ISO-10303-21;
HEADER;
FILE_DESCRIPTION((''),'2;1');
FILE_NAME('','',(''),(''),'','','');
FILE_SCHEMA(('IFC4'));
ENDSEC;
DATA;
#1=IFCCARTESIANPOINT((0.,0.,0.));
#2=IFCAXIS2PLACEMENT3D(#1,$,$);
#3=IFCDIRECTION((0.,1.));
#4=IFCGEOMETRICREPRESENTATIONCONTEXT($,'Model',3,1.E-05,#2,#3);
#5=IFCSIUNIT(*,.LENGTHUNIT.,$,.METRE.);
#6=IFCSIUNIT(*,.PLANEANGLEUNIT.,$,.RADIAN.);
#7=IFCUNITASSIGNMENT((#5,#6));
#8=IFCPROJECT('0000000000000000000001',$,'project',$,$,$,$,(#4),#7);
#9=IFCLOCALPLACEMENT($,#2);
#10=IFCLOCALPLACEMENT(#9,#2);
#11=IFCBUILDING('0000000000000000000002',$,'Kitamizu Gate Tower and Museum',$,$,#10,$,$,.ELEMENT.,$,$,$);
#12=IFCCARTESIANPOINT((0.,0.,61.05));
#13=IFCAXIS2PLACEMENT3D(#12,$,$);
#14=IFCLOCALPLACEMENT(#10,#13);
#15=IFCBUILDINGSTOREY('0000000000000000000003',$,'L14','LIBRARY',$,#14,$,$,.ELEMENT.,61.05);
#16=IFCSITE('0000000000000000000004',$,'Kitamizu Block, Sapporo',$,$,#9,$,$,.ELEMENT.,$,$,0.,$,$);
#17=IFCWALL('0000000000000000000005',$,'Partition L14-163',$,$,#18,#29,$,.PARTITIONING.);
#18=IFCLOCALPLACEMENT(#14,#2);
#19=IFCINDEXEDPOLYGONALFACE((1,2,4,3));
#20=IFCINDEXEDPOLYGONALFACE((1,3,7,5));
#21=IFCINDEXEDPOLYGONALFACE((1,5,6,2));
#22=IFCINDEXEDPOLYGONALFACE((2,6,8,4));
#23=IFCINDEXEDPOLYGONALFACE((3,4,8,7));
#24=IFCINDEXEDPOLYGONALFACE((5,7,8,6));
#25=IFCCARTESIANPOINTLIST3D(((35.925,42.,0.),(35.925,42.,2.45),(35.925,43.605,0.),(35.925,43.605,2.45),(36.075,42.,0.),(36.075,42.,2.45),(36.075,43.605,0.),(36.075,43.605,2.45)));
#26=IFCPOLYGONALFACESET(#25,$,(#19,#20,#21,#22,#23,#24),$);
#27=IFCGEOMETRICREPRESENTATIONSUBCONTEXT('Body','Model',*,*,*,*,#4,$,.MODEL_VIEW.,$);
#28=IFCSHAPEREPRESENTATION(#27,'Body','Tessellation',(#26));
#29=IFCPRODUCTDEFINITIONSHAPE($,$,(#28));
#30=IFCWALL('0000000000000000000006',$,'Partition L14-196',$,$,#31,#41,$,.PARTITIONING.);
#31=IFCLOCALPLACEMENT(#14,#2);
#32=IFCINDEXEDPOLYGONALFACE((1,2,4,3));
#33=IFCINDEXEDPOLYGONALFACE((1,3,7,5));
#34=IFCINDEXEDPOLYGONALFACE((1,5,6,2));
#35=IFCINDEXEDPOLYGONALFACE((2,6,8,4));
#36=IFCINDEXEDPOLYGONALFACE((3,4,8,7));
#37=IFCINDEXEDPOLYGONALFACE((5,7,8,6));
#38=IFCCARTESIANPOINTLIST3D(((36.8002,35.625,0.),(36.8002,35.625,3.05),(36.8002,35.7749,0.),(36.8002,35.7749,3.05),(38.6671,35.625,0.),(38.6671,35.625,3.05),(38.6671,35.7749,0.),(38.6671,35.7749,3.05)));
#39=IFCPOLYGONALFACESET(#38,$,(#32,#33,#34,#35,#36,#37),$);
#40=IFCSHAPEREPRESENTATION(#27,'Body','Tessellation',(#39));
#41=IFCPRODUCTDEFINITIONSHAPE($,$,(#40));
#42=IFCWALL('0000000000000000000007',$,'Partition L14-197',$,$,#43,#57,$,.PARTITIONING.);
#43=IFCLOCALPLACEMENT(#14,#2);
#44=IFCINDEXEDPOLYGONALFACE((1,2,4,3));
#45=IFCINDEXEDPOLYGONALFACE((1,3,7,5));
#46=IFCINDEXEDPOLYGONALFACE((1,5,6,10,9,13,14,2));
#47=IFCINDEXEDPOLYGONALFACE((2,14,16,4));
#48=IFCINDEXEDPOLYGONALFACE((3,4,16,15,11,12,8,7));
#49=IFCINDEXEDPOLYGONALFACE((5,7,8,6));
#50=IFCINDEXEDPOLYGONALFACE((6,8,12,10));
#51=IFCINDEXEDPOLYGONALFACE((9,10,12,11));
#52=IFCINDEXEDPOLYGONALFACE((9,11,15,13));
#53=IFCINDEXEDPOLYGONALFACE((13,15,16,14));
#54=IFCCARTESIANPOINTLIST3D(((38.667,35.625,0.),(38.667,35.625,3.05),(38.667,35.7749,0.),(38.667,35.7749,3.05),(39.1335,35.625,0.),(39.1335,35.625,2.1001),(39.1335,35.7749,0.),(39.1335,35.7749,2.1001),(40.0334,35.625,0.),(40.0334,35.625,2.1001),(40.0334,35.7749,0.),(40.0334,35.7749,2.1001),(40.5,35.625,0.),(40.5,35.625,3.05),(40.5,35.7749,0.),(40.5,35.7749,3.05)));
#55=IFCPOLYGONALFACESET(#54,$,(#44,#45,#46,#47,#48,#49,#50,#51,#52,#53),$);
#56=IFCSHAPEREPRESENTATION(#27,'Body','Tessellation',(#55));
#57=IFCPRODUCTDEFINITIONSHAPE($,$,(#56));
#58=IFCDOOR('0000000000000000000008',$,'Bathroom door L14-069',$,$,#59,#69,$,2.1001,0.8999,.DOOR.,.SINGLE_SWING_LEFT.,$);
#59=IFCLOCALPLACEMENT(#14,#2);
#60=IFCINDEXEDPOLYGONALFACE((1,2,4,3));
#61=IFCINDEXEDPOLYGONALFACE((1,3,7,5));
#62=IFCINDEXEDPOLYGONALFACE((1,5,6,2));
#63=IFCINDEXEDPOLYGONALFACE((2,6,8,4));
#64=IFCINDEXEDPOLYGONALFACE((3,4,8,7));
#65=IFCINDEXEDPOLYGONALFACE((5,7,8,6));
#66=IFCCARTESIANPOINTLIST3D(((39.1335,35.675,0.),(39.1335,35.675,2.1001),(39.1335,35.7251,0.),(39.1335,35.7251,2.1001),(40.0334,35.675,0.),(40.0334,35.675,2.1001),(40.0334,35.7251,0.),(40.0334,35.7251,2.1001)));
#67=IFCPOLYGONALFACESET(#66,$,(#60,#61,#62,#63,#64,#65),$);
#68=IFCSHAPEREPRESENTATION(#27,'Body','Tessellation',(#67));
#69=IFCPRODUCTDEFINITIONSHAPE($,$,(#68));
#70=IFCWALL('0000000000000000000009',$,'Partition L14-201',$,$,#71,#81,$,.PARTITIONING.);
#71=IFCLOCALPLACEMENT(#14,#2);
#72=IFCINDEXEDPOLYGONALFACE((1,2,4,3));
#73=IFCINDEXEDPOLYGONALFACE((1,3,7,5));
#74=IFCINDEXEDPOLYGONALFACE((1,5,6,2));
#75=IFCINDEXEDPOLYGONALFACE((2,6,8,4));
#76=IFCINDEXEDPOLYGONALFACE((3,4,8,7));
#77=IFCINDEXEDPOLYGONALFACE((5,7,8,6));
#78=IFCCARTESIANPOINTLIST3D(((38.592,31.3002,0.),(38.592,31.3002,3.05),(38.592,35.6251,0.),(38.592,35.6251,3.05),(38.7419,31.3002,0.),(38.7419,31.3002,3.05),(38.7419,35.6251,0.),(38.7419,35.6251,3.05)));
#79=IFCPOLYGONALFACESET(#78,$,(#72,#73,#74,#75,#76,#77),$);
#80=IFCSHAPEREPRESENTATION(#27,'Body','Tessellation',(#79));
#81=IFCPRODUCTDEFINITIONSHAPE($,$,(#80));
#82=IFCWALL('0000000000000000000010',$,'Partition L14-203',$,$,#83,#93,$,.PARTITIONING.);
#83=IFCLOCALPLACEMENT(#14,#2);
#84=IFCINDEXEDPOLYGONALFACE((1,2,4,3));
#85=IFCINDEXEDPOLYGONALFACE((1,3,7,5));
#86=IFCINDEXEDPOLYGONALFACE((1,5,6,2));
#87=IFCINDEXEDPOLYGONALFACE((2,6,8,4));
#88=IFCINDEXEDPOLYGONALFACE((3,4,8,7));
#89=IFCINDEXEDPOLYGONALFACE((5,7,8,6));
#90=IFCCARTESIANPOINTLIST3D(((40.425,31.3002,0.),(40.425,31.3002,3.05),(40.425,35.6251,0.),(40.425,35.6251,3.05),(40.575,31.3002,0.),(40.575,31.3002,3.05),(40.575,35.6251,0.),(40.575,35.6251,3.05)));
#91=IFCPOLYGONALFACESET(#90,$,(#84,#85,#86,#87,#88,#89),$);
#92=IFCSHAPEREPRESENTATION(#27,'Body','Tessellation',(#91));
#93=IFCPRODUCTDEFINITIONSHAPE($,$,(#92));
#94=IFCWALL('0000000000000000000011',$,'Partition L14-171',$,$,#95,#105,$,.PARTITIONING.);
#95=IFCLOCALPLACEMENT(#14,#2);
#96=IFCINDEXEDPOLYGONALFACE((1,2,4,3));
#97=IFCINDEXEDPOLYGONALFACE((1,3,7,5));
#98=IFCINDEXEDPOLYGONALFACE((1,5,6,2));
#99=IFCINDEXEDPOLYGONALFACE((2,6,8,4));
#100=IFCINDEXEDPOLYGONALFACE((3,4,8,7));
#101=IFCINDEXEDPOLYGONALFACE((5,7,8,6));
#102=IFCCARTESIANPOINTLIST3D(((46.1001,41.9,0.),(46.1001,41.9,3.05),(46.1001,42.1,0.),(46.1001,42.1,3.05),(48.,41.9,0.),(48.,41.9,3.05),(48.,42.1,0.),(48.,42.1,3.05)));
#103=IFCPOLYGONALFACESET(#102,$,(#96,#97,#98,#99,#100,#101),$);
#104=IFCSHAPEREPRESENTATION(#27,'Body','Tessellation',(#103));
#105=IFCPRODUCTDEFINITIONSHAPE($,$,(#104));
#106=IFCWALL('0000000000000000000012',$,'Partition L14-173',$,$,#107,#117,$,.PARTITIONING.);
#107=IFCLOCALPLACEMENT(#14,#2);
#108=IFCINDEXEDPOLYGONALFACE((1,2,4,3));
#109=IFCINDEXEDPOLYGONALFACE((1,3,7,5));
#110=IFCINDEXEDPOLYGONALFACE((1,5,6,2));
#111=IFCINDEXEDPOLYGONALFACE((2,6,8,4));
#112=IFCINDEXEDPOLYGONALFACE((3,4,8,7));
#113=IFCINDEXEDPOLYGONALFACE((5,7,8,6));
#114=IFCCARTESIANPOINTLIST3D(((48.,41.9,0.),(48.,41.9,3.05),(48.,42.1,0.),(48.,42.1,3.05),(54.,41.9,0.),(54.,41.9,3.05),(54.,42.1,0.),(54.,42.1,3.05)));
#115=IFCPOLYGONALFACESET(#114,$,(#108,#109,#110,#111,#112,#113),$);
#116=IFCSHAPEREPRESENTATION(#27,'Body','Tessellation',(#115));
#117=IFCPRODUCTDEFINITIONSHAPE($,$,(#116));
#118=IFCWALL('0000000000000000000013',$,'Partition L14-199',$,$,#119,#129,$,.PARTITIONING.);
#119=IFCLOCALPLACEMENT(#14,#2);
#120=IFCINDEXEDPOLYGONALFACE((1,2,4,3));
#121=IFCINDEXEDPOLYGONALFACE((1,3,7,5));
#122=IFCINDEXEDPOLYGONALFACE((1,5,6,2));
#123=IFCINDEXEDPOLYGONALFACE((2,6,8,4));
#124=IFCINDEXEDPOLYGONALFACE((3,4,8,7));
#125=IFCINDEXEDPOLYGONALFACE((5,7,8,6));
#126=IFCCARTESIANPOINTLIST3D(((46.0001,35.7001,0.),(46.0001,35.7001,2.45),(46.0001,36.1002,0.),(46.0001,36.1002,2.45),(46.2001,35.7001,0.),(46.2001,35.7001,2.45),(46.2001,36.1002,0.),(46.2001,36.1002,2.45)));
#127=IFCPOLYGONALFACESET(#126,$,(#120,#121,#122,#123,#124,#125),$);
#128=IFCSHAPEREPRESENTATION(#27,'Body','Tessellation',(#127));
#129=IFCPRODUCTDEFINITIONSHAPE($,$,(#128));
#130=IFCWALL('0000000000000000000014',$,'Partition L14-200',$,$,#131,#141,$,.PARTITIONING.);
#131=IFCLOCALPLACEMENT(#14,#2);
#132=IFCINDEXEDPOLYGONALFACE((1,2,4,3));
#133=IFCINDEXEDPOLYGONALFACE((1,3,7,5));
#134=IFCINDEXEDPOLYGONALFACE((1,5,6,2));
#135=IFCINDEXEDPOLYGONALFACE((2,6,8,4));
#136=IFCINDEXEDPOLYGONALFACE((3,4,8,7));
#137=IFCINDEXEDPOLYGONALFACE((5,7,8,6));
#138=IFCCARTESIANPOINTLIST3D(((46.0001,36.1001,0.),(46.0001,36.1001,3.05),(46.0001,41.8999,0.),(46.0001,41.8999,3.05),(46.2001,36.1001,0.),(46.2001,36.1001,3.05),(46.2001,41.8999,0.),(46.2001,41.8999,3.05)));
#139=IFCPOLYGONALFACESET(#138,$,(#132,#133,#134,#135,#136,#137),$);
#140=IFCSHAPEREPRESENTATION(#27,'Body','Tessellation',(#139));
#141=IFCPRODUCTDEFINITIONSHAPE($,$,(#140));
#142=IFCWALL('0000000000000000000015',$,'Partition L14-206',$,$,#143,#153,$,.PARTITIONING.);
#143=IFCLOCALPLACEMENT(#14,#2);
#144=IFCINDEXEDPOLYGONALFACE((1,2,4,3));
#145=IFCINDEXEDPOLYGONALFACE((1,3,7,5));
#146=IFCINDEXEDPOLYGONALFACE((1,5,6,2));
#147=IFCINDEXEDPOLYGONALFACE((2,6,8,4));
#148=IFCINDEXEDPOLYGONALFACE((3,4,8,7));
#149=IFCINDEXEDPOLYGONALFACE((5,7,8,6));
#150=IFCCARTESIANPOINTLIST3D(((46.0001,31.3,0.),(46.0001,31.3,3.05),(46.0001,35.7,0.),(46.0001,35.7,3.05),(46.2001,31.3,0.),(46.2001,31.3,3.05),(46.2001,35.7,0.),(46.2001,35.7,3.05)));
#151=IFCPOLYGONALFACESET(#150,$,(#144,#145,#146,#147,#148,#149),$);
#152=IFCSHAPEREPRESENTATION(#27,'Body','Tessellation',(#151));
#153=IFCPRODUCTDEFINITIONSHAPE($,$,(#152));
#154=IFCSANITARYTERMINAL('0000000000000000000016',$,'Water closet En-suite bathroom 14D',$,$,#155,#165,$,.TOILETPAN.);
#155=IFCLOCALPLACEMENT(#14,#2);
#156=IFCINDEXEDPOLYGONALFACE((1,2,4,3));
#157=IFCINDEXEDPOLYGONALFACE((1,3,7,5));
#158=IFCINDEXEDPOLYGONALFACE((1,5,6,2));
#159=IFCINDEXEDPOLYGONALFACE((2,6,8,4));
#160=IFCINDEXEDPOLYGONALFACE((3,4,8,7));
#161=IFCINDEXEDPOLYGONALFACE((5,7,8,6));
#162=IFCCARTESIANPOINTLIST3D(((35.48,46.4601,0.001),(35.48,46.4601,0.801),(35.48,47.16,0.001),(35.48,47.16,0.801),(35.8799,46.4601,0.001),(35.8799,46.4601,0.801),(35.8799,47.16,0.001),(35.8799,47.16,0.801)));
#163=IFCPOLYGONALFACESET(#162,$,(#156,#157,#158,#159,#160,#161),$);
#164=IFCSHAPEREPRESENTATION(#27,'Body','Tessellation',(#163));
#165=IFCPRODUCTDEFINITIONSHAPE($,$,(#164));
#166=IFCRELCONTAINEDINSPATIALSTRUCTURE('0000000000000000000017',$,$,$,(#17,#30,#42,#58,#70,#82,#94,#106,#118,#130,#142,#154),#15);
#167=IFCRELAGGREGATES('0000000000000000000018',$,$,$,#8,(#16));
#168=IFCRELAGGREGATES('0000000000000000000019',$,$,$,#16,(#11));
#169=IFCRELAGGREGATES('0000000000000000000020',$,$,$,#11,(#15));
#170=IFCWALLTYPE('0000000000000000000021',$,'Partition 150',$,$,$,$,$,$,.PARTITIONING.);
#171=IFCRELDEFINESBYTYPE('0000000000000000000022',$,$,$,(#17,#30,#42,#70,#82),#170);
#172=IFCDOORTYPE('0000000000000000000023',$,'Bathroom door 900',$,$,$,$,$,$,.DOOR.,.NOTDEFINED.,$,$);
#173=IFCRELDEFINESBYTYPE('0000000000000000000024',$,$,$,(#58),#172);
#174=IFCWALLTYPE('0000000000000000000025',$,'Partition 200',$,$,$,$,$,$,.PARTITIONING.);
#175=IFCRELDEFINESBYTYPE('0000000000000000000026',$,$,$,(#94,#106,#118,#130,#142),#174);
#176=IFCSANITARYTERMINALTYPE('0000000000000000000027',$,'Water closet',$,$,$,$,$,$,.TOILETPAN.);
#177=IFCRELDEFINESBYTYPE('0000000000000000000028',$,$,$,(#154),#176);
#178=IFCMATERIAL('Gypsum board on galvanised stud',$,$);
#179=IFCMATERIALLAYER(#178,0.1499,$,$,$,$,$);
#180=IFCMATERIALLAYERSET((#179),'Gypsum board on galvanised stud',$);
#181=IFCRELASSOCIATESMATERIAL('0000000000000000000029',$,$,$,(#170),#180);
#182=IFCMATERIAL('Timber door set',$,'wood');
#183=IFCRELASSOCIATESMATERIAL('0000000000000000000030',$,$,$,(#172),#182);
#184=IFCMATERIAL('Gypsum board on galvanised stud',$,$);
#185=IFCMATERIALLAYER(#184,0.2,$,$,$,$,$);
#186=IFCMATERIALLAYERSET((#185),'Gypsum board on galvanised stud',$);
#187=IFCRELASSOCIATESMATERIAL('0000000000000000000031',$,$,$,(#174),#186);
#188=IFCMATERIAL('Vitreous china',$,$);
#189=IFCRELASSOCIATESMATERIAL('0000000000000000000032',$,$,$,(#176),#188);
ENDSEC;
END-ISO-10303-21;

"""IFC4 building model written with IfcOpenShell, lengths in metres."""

from ifc_helpers import new_model, si_unit, direction, frame, frame_2d, origin, origin_2d, place, context, subcontext, project, spatial, rectangle, extrude, material, layer, layer_set, type_object, element, fill, save


model = new_model("IFC4")

# Units and contexts
model_context = context("Model", 3, precision=1e-05, world=origin(), true_north=direction((0.0, 1.0)))
body_context = subcontext(model_context, "Body", "Model", "MODEL_VIEW")
ifc_project = project(units=[si_unit("LENGTHUNIT", "METRE"), si_unit("PLANEANGLEUNIT", "RADIAN")], contexts=[model_context])

# Site, building, storey
site_placement = place(None, origin())
site = spatial("IfcSite", under=ifc_project, at=site_placement, Name="Kitamizu Block, Sapporo", CompositionType="ELEMENT", RefElevation=0.0)
building_placement = place(site_placement, origin())
building = spatial("IfcBuilding", under=site, at=building_placement, Name="Kitamizu Gate Tower and Museum", CompositionType="ELEMENT")
storey_placement = place(building_placement, frame((0.0, 0.0, 61.05)))
storey = spatial("IfcBuildingStorey", under=building, at=storey_placement, Name="L14", Description="LIBRARY", CompositionType="ELEMENT", Elevation=61.05)

# Walls
ifc_material_1 = material(Name="Gypsum board on galvanised stud")
ifc_layer_1 = layer(ifc_material_1, 0.1499)
ifc_layer_set_1 = layer_set([ifc_layer_1], Name="Gypsum board on galvanised stud")
wall_type_1 = type_object("IfcWallType", Name="Partition 150", PredefinedType="PARTITIONING", material=ifc_layer_set_1)
wall_1_placement = place(storey_placement, frame((36.0, 42.0, 0.0), z_axis=(0.0, 0.0, 1.0), x_axis=(0.0, 1.0, 0.0)))
element("IfcWall", 1, at=wall_1_placement, inside=storey, type_object=wall_type_1, Name="Partition L14-163", PredefinedType="PARTITIONING", context=body_context, shape_type="SweptSolid", body=[
    extrude(rectangle(XDim=1.605, YDim=0.1499, at=frame_2d((0.8025, 0.0))), origin(), (0.0, 0.0, 1.0), 2.45),
])
wall_2_placement = place(storey_placement, frame((36.8, 35.7, 0.0), z_axis=(0.0, 0.0, 1.0), x_axis=(1.0, 0.0, 0.0)))
element("IfcWall", 2, at=wall_2_placement, inside=storey, type_object=wall_type_1, Name="Partition L14-196", PredefinedType="PARTITIONING", context=body_context, shape_type="SweptSolid", body=[
    extrude(rectangle(XDim=1.8669, YDim=0.1499, at=frame_2d((0.9336, 0.0))), origin(), (0.0, 0.0, 1.0), 3.05),
])

# Wall, opening, door
wall_3_placement = place(storey_placement, frame((38.667, 35.7, 0.0), z_axis=(0.0, 0.0, 1.0), x_axis=(1.0, 0.0, 0.0)))
wall_3 = element("IfcWall", 3, at=wall_3_placement, inside=storey, type_object=wall_type_1, Name="Partition L14-197", PredefinedType="PARTITIONING", context=body_context, shape_type="SweptSolid", body=[
    extrude(rectangle(XDim=1.833, YDim=0.1499, at=frame_2d((0.9165, 0.0))), origin(), (0.0, 0.0, 1.0), 3.05),
])
opening_1_placement = place(wall_3_placement, frame((0.4666, 0.0, 0.0)))
opening_1 = element("IfcOpeningElement", 4, at=opening_1_placement, cuts=wall_3, PredefinedType="OPENING", context=body_context, shape_type="SweptSolid", body=[
    extrude(rectangle(XDim=0.8999, YDim=2.1001, at=frame_2d((0.45, 1.05))), frame((0.0, 0.085, 0.0), z_axis=(0.0, -1.0, 0.0), x_axis=(1.0, 0.0, 0.0)), (0.0, 0.0, 1.0), 0.1699),
])
ifc_material_2 = material(Name="Timber door set", Category="wood")
door_type_1 = type_object("IfcDoorType", Name="Bathroom door 900", OperationType="NOTDEFINED", PredefinedType="DOOR", material=ifc_material_2)
door_1_placement = place(opening_1_placement, frame((0.8999, 0.0, 0.0), x_axis=(-1.0, 0.0, 0.0)))
door_1 = element("IfcDoor", 5, at=door_1_placement, inside=storey, type_object=door_type_1, Name="Bathroom door L14-069", OperationType="SINGLE_SWING_LEFT", OverallHeight=2.1001, OverallWidth=0.8999, PredefinedType="DOOR", context=body_context, shape_type="SweptSolid", body=[
    extrude(rectangle(XDim=0.8999, YDim=2.1001, at=frame_2d((0.45, 1.05))), frame((0.0, 0.0249, 0.0), z_axis=(0.0, -1.0, 0.0), x_axis=(1.0, 0.0, 0.0)), (0.0, 0.0, 1.0), 0.05),
])
fill(opening_1, door_1)

# Walls
for number, where, z_axis, x_axis, name in (
    (6, (38.667, 31.3, 0.0), (0.0, 0.0, 1.0), (0.0, 1.0, 0.0), "Partition L14-201"),
    (7, (40.5, 31.3, 0.0), (0.0, 0.0, 1.0), (0.0, 1.0, 0.0), "Partition L14-203"),
):
    element("IfcWall", number, at=place(storey_placement, frame(where, z_axis=z_axis, x_axis=x_axis)), inside=storey, type_object=wall_type_1, Name=name, PredefinedType="PARTITIONING", context=body_context, shape_type="SweptSolid", body=[
        extrude(rectangle(XDim=4.325, YDim=0.1499, at=frame_2d((2.1626, 0.0))), origin(), (0.0, 0.0, 1.0), 3.05),
    ])
ifc_material_3 = material(Name="Gypsum board on galvanised stud")
ifc_layer_2 = layer(ifc_material_3, 0.2)
ifc_layer_set_2 = layer_set([ifc_layer_2], Name="Gypsum board on galvanised stud")
wall_type_2 = type_object("IfcWallType", Name="Partition 200", PredefinedType="PARTITIONING", material=ifc_layer_set_2)
wall_4_placement = place(storey_placement, frame((46.1001, 42.0, 0.0), z_axis=(0.0, 0.0, 1.0), x_axis=(1.0, 0.0, 0.0)))
element("IfcWall", 8, at=wall_4_placement, inside=storey, type_object=wall_type_2, Name="Partition L14-171", PredefinedType="PARTITIONING", context=body_context, shape_type="SweptSolid", body=[
    extrude(rectangle(XDim=1.8999, YDim=0.2, at=frame_2d((0.95, 0.0))), origin(), (0.0, 0.0, 1.0), 3.05),
])
wall_5_placement = place(storey_placement, frame((48.0, 42.0, 0.0), z_axis=(0.0, 0.0, 1.0), x_axis=(1.0, 0.0, 0.0)))
element("IfcWall", 9, at=wall_5_placement, inside=storey, type_object=wall_type_2, Name="Partition L14-173", PredefinedType="PARTITIONING", context=body_context, shape_type="SweptSolid", body=[
    extrude(rectangle(XDim=6.0, YDim=0.2, at=frame_2d((3.0, 0.0))), origin(), (0.0, 0.0, 1.0), 3.05),
])
wall_6_placement = place(storey_placement, frame((46.1001, 35.7, 0.0), z_axis=(0.0, 0.0, 1.0), x_axis=(0.0, 1.0, 0.0)))
element("IfcWall", 10, at=wall_6_placement, inside=storey, type_object=wall_type_2, Name="Partition L14-199", PredefinedType="PARTITIONING", context=body_context, shape_type="SweptSolid", body=[
    extrude(rectangle(XDim=0.4001, YDim=0.2, at=frame_2d((0.2002, 0.0))), origin(), (0.0, 0.0, 1.0), 2.45),
])
wall_7_placement = place(storey_placement, frame((46.1001, 36.1001, 0.0), z_axis=(0.0, 0.0, 1.0), x_axis=(0.0, 1.0, 0.0)))
element("IfcWall", 11, at=wall_7_placement, inside=storey, type_object=wall_type_2, Name="Partition L14-200", PredefinedType="PARTITIONING", context=body_context, shape_type="SweptSolid", body=[
    extrude(rectangle(XDim=5.7998, YDim=0.2, at=frame_2d((2.8999, 0.0))), origin(), (0.0, 0.0, 1.0), 3.05),
])
wall_8_placement = place(storey_placement, frame((46.1001, 31.3, 0.0), z_axis=(0.0, 0.0, 1.0), x_axis=(0.0, 1.0, 0.0)))
element("IfcWall", 12, at=wall_8_placement, inside=storey, type_object=wall_type_2, Name="Partition L14-206", PredefinedType="PARTITIONING", context=body_context, shape_type="SweptSolid", body=[
    extrude(rectangle(XDim=4.3999, YDim=0.2, at=frame_2d((2.2, 0.0))), origin(), (0.0, 0.0, 1.0), 3.05),
])

# Sanitary terminal
ifc_material_4 = material(Name="Vitreous china")
sanitary_terminal_type = type_object("IfcSanitaryTerminalType", Name="Water closet", PredefinedType="TOILETPAN", material=ifc_material_4)
sanitary_terminal_placement = place(storey_placement, frame((35.6799, 46.8101, 0.001), z_axis=(0.0, 0.0, 1.0), x_axis=(1.0, 0.0, 0.0)))
element("IfcSanitaryTerminal", 13, at=sanitary_terminal_placement, inside=storey, type_object=sanitary_terminal_type, Name="Water closet En-suite bathroom 14D", PredefinedType="TOILETPAN", context=body_context, shape_type="SweptSolid", body=[
    extrude(rectangle(XDim=0.3999, YDim=0.7, at=origin_2d()), origin(), (0.0, 0.0, 1.0), 0.8),
])

save(model, "model.ifc")
